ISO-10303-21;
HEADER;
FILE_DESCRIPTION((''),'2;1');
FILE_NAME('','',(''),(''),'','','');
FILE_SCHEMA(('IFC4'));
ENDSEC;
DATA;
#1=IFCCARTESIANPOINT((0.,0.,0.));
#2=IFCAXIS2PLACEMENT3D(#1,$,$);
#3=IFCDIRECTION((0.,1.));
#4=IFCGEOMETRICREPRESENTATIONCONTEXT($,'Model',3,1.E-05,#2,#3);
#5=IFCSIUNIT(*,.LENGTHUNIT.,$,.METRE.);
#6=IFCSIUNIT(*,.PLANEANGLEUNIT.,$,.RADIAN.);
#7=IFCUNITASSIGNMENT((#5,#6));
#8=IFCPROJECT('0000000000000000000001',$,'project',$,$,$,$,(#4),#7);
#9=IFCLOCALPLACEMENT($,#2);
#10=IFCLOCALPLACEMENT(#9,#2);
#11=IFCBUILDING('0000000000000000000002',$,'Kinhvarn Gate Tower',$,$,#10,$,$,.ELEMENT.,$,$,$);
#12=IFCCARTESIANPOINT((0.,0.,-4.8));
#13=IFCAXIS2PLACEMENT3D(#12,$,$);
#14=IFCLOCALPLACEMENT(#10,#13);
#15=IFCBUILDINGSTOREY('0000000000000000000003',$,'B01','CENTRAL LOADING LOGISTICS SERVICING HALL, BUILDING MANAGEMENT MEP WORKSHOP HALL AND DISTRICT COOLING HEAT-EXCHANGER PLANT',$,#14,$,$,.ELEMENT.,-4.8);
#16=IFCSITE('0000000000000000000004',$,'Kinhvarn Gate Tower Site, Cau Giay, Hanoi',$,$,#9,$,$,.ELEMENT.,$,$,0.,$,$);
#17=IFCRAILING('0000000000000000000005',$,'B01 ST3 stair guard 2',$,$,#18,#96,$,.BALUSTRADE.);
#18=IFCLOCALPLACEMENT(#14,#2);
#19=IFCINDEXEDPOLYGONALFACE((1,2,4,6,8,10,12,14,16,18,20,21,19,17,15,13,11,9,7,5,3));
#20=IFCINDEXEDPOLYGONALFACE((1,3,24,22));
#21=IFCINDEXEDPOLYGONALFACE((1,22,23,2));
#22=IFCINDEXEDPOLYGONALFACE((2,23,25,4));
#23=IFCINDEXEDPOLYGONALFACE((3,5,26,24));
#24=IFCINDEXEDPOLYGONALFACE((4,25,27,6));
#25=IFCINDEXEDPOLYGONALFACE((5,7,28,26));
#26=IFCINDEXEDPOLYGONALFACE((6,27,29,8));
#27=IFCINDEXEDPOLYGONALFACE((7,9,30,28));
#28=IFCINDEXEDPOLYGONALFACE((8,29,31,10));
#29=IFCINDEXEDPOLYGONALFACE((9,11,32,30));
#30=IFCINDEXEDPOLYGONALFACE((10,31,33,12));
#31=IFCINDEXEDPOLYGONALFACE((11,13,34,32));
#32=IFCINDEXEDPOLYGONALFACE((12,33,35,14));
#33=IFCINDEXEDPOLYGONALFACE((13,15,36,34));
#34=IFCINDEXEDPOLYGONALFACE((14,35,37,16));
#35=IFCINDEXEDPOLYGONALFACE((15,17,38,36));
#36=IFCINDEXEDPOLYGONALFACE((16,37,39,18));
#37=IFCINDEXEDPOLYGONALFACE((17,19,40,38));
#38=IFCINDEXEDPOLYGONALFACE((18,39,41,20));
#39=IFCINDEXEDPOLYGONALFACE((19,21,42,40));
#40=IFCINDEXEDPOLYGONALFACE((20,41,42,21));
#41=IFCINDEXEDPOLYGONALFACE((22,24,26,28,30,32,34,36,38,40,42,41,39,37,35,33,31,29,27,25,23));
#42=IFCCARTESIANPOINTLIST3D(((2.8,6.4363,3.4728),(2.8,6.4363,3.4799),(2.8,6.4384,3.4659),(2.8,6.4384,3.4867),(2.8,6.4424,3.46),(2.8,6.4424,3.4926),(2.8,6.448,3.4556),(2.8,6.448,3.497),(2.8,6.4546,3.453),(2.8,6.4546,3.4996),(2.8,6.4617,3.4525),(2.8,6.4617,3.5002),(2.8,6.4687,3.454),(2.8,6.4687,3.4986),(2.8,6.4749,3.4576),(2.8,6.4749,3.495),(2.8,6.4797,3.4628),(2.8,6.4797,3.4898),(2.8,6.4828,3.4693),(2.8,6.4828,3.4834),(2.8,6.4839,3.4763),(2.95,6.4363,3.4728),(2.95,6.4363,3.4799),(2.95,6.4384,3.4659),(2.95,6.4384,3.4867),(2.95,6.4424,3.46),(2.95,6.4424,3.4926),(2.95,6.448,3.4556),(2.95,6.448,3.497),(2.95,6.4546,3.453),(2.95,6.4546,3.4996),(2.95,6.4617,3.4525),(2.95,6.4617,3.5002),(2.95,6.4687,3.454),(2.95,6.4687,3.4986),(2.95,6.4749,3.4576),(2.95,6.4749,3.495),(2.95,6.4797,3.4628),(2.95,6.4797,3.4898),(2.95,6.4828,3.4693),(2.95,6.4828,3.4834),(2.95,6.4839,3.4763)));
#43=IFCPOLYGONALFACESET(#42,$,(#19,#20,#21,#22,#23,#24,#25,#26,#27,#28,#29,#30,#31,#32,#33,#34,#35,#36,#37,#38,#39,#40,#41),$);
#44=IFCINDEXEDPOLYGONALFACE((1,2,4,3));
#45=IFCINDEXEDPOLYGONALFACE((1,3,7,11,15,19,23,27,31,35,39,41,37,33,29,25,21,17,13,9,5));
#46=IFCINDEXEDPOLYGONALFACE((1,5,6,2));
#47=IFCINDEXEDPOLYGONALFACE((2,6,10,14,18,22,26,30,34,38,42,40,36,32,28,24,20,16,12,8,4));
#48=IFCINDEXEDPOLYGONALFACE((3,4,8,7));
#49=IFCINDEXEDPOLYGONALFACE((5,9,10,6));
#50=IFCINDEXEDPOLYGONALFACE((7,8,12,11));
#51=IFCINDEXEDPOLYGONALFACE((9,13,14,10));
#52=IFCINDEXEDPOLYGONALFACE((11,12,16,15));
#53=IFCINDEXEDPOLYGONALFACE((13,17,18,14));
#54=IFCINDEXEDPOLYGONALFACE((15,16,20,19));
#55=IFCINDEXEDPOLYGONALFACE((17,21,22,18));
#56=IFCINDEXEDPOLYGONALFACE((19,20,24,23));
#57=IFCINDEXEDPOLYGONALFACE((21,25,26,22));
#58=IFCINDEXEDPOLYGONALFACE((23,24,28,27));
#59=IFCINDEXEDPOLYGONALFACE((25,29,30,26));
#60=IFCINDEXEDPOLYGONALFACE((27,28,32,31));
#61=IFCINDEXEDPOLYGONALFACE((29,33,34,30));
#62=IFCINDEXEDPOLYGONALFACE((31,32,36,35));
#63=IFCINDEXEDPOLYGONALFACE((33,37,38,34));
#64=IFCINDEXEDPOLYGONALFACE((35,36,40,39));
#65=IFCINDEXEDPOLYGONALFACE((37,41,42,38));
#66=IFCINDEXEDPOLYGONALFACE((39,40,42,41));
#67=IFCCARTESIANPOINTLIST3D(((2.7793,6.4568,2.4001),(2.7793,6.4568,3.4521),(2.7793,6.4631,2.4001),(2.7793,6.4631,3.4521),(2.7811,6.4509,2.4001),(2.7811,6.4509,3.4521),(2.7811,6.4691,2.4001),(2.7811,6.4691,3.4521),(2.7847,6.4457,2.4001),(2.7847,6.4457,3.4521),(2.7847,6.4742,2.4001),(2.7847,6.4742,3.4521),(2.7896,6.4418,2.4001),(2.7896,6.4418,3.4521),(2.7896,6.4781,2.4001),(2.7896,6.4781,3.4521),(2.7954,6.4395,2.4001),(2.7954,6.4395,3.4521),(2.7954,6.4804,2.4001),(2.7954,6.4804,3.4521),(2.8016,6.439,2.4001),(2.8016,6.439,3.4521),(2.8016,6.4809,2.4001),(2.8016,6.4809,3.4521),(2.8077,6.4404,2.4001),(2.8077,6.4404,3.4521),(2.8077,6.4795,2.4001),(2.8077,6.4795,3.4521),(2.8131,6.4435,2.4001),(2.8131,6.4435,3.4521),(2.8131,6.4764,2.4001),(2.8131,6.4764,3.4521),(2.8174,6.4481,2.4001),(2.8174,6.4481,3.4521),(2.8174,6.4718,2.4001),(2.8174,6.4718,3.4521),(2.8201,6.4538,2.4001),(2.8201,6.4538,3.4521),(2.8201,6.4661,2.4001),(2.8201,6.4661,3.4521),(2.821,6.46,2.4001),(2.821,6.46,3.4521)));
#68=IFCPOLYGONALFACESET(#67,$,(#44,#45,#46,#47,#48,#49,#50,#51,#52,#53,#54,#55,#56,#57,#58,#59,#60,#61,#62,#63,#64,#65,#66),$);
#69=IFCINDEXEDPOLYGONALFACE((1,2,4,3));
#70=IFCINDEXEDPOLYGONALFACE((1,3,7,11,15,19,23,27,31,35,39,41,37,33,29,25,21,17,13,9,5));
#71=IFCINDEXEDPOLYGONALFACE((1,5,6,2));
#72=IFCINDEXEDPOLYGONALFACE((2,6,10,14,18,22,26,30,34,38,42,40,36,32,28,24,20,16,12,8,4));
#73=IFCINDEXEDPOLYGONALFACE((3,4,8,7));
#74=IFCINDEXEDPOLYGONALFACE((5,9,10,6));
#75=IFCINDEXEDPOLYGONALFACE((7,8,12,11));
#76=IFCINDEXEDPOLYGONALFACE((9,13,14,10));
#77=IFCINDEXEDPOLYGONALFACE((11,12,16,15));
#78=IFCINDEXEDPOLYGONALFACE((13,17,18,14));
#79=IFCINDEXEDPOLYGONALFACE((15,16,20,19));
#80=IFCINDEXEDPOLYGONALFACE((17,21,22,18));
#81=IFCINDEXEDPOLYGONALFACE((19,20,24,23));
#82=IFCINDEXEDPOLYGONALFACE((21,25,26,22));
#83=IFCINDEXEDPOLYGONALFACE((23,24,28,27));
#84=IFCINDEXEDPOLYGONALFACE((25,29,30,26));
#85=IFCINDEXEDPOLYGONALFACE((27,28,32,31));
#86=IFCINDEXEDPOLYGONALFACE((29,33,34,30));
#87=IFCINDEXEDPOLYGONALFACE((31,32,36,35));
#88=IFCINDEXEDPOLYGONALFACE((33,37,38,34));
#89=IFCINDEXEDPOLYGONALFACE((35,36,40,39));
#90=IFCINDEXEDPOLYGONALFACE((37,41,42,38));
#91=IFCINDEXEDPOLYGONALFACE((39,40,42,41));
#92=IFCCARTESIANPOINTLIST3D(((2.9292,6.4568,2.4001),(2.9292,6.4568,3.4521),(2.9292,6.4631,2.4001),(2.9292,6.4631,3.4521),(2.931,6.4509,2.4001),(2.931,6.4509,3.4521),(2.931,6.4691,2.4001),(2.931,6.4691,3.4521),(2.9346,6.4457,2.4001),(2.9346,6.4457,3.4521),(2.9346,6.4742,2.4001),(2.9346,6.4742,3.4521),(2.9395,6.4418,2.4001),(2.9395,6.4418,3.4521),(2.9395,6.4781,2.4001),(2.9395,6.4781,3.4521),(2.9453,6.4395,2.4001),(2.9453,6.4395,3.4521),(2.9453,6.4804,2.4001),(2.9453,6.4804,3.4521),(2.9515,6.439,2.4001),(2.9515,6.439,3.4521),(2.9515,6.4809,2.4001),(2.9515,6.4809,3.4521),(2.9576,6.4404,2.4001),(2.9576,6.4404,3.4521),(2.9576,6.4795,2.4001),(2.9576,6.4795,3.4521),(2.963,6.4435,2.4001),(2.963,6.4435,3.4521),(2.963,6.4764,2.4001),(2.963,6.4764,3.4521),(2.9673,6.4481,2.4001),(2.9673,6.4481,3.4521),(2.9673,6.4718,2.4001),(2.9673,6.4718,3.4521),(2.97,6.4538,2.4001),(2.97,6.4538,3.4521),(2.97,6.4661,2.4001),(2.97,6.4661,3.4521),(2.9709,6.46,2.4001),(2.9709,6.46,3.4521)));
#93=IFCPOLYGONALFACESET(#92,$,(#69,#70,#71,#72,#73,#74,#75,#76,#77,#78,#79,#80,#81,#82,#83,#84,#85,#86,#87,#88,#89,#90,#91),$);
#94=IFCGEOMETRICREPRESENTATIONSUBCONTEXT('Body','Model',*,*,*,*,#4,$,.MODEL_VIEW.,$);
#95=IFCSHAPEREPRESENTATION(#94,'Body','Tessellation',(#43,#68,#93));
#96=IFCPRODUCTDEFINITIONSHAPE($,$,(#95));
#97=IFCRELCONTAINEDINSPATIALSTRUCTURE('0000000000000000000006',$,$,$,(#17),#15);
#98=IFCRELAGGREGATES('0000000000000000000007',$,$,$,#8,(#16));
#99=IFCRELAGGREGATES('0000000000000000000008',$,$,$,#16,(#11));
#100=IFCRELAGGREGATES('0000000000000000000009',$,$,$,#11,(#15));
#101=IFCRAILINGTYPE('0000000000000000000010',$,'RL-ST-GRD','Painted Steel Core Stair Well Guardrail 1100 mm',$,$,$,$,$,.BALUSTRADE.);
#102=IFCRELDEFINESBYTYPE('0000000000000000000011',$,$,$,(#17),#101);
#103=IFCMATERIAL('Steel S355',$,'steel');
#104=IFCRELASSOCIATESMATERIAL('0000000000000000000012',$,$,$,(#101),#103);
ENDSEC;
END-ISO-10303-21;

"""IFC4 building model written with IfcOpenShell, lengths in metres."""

from ifc_helpers import new_model, si_unit, direction, frame, origin, origin_2d, place, context, subcontext, project, spatial, circle, extrude, material, type_object, element, save


model = new_model("IFC4")

# Units and contexts
model_context = context("Model", 3, precision=1e-05, world=origin(), true_north=direction((0.0, 1.0)))
body_context = subcontext(model_context, "Body", "Model", "MODEL_VIEW")
ifc_project = project(units=[si_unit("LENGTHUNIT", "METRE"), si_unit("PLANEANGLEUNIT", "RADIAN")], contexts=[model_context])

# Site, building, storey
site_placement = place(None, origin())
site = spatial("IfcSite", under=ifc_project, at=site_placement, Name="Kinhvarn Gate Tower Site, Cau Giay, Hanoi", CompositionType="ELEMENT", RefElevation=0.0)
building_placement = place(site_placement, origin())
building = spatial("IfcBuilding", under=site, at=building_placement, Name="Kinhvarn Gate Tower", CompositionType="ELEMENT")
storey_placement = place(building_placement, frame((0.0, 0.0, -4.8)))
storey = spatial("IfcBuildingStorey", under=building, at=storey_placement, Name="B01", Description="CENTRAL LOADING LOGISTICS SERVICING HALL, BUILDING MANAGEMENT MEP WORKSHOP HALL AND DISTRICT COOLING HEAT-EXCHANGER PLANT", CompositionType="ELEMENT", Elevation=-4.8)

# Shared definitions
ifc_material_1 = material(Name="Steel S355", Category="steel")

# Railing
railing_type_1 = type_object("IfcRailingType", Name="RL-ST-GRD", Description="Painted Steel Core Stair Well Guardrail 1100 mm", PredefinedType="BALUSTRADE", material=ifc_material_1)
railing_1_placement = place(storey_placement, frame((2.8, 6.46, 2.4001)))
element("IfcRailing", 1, at=railing_1_placement, inside=storey, type_object=railing_type_1, Name="B01 ST3 stair guard 2", PredefinedType="BALUSTRADE", context=body_context, shape_type="SweptSolid", body=[
    extrude(circle(Radius=0.0239, at=origin_2d()), frame((0.0, 0.0, 1.0762), z_axis=(1.0, 0.0, 0.0), x_axis=(0.0, 1.0, 0.0)), (0.0, 0.0, 1.0), 0.1499),
    extrude(circle(Radius=0.021, at=origin_2d()), origin(), (0.0, 0.0, 1.0), 1.052),
    extrude(circle(Radius=0.021, at=origin_2d()), frame((0.1499, 0.0, 0.0)), (0.0, 0.0, 1.0), 1.052),
])

save(model, "model.ifc")
